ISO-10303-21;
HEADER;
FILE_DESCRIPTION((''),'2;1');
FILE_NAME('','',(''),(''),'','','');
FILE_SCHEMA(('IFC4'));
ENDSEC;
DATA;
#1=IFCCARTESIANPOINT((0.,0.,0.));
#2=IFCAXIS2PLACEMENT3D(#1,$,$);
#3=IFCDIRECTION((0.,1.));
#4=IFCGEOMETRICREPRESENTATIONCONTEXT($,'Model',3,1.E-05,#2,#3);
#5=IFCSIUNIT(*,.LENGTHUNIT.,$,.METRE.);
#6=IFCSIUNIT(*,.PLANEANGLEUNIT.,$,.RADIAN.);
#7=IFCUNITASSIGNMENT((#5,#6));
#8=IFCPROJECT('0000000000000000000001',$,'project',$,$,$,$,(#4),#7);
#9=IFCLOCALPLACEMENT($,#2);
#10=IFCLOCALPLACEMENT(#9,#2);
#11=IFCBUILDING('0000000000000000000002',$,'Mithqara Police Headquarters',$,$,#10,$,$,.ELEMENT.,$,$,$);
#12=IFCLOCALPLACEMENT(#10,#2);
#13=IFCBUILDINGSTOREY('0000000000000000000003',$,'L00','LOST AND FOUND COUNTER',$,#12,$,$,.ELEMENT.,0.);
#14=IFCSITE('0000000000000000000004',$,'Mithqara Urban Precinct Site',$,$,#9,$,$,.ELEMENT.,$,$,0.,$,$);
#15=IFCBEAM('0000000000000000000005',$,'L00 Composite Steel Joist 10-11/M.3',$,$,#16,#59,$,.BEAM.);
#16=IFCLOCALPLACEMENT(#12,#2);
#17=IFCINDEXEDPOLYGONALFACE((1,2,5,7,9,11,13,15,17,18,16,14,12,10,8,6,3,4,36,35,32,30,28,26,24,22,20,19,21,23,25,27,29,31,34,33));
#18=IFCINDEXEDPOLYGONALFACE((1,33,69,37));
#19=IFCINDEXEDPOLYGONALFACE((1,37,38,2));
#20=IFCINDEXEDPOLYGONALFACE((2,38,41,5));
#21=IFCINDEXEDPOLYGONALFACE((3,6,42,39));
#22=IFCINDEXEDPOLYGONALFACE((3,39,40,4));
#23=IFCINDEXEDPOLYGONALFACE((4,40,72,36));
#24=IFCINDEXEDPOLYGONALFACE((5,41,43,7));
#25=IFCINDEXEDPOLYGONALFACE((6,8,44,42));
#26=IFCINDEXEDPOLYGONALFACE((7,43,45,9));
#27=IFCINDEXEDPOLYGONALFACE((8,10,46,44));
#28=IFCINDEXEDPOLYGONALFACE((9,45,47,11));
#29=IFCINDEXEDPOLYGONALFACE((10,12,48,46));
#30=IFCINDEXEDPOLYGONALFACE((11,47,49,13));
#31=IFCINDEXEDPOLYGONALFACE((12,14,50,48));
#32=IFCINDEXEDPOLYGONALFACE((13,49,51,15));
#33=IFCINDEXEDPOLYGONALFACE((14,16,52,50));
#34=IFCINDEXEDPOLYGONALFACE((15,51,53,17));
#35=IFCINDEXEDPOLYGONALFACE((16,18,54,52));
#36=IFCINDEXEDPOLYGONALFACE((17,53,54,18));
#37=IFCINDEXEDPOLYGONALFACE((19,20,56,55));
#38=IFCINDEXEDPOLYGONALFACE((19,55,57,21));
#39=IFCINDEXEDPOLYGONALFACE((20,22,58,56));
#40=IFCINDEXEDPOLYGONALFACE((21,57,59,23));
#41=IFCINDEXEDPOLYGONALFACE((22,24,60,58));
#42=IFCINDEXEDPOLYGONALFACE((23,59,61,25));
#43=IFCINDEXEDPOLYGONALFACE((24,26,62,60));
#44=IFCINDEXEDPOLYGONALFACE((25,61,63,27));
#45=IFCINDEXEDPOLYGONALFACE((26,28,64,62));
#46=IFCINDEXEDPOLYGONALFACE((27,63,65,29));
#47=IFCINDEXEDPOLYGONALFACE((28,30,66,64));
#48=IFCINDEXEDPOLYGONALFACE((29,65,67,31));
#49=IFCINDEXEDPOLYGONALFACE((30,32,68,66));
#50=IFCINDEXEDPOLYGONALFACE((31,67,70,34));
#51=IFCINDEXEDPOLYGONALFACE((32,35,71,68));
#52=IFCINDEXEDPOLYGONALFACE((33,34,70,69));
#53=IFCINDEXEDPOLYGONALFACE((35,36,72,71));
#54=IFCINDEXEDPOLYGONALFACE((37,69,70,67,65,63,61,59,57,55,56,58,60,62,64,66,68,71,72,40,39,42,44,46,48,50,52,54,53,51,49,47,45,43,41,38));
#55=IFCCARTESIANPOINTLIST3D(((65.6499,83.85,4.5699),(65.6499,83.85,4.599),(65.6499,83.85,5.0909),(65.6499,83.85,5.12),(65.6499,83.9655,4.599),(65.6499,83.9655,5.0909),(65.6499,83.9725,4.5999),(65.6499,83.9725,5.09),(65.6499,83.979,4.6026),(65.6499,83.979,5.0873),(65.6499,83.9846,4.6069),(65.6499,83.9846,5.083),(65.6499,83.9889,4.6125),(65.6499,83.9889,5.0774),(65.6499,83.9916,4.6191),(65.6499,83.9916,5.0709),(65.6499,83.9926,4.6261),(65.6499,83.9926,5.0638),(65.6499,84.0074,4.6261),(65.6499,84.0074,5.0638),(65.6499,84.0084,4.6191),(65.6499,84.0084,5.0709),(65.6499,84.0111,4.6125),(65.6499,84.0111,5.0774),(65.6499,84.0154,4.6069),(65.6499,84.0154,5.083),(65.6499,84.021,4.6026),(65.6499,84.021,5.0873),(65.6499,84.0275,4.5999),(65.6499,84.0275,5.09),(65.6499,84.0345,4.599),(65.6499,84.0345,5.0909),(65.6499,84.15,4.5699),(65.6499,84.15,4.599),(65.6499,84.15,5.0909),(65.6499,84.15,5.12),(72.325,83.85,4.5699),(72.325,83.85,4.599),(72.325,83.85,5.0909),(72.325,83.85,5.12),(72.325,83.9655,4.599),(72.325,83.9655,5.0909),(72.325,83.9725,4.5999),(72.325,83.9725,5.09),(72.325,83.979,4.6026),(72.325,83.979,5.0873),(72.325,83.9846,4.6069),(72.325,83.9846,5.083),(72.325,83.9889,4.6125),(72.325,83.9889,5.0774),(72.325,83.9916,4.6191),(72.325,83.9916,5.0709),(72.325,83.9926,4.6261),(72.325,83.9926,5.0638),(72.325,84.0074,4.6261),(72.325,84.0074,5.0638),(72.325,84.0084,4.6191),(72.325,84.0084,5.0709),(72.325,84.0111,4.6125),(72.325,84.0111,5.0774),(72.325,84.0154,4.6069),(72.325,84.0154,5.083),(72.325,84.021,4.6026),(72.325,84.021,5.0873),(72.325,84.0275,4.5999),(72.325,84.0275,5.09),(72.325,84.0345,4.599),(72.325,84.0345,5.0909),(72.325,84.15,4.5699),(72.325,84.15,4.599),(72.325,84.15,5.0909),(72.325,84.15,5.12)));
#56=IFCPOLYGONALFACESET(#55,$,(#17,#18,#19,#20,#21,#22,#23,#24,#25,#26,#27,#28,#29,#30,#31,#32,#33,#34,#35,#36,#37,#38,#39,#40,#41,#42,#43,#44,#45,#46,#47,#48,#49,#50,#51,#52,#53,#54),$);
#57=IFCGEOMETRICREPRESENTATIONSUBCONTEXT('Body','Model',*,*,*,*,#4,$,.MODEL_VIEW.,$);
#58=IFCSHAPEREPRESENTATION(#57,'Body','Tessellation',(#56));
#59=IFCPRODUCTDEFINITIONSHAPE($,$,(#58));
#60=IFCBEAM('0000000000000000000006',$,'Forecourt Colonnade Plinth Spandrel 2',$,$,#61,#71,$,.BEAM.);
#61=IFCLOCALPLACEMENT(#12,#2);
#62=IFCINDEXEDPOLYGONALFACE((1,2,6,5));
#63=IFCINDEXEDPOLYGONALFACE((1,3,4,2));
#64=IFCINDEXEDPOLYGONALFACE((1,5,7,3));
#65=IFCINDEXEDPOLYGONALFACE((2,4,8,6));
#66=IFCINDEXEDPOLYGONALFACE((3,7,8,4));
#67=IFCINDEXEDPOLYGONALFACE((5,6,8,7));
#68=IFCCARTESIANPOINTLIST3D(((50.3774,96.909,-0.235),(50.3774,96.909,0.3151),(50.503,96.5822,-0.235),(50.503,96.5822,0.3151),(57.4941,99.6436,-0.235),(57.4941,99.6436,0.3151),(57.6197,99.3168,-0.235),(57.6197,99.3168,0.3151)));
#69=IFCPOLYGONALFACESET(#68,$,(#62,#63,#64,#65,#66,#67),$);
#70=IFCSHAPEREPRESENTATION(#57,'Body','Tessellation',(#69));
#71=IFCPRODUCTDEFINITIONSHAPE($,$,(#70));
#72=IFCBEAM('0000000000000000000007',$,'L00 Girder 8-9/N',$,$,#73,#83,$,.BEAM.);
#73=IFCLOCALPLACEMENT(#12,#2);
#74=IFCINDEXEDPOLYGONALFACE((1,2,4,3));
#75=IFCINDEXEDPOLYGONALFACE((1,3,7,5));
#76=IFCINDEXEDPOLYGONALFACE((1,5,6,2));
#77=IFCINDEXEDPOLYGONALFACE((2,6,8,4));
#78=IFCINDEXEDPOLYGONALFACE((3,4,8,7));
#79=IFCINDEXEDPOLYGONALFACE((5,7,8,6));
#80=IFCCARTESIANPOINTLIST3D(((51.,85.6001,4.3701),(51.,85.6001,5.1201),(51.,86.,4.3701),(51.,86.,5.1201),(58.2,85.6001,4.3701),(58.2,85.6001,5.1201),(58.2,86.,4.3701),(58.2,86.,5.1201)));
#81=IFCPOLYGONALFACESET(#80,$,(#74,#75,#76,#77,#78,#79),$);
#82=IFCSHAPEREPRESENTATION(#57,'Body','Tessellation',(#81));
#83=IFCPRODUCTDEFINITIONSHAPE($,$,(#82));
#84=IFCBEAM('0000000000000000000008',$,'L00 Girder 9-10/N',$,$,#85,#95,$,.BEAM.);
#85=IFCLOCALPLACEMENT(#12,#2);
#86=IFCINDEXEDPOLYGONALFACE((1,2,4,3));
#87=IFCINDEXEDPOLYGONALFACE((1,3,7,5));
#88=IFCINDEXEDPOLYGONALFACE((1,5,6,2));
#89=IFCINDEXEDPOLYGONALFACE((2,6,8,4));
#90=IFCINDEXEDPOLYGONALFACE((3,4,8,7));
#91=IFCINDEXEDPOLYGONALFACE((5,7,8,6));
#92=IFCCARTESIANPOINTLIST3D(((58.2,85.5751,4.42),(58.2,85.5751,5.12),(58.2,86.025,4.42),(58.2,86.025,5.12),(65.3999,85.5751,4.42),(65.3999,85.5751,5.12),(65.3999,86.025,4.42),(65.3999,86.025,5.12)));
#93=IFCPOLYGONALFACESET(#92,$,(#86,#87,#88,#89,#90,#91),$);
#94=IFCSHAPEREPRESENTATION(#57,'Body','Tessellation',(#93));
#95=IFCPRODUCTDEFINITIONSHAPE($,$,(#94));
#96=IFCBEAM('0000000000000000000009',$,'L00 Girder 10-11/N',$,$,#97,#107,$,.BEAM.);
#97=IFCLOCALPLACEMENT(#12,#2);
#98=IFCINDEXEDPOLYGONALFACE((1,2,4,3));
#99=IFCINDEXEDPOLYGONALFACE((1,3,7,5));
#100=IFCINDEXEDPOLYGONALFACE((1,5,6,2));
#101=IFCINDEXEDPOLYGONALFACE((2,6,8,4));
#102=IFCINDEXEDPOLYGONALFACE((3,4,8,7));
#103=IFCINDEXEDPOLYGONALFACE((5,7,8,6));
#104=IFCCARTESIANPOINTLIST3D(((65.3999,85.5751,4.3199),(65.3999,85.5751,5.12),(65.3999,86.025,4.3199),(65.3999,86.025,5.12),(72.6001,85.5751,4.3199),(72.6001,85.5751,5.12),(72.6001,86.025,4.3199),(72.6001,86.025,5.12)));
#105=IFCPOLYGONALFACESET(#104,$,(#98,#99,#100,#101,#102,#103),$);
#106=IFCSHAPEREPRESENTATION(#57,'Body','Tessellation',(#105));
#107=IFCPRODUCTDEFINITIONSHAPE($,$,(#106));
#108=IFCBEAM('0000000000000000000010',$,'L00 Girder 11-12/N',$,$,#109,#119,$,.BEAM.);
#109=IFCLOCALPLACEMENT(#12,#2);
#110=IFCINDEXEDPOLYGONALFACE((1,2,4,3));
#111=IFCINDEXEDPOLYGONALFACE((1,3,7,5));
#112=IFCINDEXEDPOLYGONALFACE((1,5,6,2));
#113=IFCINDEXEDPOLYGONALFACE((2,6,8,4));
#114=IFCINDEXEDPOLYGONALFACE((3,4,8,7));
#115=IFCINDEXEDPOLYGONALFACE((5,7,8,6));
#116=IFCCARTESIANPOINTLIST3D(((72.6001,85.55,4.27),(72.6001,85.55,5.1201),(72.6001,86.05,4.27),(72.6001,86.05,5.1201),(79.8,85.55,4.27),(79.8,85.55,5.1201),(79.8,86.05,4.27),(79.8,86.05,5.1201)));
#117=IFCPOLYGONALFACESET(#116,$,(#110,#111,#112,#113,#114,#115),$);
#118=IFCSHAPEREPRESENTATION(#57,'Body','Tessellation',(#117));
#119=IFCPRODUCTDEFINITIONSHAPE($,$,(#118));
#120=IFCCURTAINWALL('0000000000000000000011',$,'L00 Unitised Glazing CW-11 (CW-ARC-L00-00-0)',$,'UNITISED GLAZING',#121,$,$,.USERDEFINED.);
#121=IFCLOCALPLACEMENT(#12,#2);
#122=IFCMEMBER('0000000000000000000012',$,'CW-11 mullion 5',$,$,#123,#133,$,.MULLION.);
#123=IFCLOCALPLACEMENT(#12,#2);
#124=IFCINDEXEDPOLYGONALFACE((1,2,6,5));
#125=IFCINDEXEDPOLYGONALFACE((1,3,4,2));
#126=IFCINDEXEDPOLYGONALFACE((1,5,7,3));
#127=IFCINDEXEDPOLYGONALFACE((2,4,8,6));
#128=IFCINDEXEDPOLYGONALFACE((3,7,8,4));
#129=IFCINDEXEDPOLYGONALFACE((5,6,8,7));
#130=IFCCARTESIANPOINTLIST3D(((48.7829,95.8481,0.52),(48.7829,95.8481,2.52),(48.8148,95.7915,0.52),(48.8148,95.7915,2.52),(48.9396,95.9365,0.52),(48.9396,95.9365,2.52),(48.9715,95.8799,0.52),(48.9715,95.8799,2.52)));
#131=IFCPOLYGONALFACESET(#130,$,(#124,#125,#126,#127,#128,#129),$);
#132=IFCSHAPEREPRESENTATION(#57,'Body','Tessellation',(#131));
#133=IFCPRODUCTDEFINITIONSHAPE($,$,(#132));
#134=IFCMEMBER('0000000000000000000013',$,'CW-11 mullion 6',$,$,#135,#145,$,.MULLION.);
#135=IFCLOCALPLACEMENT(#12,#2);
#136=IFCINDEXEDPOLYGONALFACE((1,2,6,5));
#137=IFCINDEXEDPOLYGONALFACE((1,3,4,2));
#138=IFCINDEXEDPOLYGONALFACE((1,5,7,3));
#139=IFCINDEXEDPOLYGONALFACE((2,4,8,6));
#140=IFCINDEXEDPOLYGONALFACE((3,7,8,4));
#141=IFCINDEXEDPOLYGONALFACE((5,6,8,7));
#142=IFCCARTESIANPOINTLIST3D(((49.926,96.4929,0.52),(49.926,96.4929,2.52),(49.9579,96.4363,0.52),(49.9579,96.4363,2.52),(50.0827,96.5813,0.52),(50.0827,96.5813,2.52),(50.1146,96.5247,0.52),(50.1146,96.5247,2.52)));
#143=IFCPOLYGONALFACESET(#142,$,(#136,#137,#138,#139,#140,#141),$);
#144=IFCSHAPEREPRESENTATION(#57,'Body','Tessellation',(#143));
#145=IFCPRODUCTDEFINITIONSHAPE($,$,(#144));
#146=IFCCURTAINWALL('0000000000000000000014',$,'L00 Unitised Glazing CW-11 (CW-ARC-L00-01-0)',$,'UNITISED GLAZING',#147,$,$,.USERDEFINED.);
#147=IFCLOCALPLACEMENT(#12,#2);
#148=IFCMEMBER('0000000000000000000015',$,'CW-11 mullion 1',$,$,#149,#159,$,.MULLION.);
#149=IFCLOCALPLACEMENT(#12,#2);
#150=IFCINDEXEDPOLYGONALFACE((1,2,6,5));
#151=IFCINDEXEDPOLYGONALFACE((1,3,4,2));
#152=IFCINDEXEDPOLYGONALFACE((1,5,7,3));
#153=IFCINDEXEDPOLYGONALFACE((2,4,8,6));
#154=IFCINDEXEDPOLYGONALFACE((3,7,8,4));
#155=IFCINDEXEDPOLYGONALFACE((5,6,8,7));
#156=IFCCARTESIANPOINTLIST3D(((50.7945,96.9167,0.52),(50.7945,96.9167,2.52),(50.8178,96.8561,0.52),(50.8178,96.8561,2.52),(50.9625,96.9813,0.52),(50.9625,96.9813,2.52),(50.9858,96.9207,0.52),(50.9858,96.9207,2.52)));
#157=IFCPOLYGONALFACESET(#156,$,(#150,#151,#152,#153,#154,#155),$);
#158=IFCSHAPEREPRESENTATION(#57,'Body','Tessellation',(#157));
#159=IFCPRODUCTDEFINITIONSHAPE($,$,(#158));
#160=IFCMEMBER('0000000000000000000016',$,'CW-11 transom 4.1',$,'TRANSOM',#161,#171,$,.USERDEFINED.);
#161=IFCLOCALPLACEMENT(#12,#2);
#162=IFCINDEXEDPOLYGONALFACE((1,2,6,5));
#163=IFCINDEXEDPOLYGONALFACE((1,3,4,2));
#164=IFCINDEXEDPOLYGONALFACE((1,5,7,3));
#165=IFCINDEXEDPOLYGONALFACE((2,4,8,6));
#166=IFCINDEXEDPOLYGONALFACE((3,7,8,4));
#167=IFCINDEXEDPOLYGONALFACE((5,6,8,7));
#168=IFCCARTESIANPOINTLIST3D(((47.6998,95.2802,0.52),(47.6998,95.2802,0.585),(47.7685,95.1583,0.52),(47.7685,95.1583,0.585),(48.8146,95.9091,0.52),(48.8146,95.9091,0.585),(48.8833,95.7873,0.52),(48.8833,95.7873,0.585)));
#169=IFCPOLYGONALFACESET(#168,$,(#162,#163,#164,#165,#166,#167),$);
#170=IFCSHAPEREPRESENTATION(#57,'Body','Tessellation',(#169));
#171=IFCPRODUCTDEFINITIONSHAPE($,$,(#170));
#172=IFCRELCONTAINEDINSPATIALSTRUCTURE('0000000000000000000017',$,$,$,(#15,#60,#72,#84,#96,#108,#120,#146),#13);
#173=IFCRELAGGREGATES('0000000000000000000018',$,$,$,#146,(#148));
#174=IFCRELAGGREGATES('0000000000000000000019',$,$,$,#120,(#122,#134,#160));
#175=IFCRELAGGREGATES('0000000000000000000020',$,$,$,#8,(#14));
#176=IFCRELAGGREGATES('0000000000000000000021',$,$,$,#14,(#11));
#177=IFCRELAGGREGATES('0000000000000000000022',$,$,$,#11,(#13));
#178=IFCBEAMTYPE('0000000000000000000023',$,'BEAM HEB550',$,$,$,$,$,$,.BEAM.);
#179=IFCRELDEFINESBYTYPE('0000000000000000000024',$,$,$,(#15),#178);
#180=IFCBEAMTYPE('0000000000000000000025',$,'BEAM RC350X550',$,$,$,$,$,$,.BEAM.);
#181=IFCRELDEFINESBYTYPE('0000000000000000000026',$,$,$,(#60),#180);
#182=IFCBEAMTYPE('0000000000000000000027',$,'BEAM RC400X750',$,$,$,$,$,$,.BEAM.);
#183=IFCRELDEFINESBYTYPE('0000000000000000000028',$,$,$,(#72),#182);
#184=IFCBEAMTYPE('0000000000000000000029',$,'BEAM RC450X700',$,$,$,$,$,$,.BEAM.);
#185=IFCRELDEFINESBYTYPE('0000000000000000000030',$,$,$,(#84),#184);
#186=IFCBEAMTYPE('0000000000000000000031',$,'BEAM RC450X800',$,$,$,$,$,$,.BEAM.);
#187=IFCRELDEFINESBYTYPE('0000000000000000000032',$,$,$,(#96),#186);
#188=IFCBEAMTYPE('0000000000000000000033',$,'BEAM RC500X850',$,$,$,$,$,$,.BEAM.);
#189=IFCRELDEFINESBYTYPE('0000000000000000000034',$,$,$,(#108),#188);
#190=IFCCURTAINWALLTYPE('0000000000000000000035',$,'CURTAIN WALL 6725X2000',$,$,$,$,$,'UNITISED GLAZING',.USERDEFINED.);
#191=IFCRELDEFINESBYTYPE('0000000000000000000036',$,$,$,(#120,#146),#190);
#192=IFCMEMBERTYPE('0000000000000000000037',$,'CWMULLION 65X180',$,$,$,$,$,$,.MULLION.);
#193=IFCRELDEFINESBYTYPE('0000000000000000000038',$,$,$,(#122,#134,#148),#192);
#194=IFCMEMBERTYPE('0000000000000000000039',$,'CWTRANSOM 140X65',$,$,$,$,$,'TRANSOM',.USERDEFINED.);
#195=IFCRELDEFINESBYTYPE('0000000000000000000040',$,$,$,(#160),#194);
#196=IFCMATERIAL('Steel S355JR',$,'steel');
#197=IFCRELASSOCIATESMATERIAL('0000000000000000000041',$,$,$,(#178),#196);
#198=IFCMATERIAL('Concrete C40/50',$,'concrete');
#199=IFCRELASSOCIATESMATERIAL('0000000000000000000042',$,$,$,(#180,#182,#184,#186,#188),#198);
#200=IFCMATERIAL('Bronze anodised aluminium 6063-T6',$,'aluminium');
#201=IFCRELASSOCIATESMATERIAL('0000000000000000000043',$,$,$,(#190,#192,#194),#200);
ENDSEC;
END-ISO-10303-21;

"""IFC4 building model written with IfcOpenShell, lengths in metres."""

from ifc_helpers import new_model, si_unit, direction, frame, origin, origin_2d, place, context, subcontext, project, spatial, rectangle, i_section, extrude, material, material_profile, profile_set, type_object, element, aggregate, save


model = new_model("IFC4")

# Units and contexts
model_context = context("Model", 3, precision=1e-05, world=origin(), true_north=direction((0.0, 1.0)))
body_context = subcontext(model_context, "Body", "Model", "MODEL_VIEW")
ifc_project = project(units=[si_unit("LENGTHUNIT", "METRE"), si_unit("PLANEANGLEUNIT", "RADIAN")], contexts=[model_context])

# Site, building, storey
site_placement = place(None, origin())
site = spatial("IfcSite", under=ifc_project, at=site_placement, Name="Mithqara Urban Precinct Site", CompositionType="ELEMENT", RefElevation=0.0)
building_placement = place(site_placement, origin())
building = spatial("IfcBuilding", under=site, at=building_placement, Name="Mithqara Police Headquarters", CompositionType="ELEMENT")
storey_placement = place(building_placement, origin())
storey = spatial("IfcBuildingStorey", under=building, at=storey_placement, Name="L00", Description="LOST AND FOUND COUNTER", CompositionType="ELEMENT", Elevation=0.0)

# Shared definitions
ifc_material_1 = material(Name="Concrete C40/50", Category="concrete")

# Beams
ifc_material_2 = material(Name="Steel S355JR", Category="steel")
ifc_material_profile_1 = material_profile(ifc_material_2, i_section(OverallWidth=0.3, OverallDepth=0.55, WebThickness=0.0149, FlangeThickness=0.0291, FilletRadius=0.0271, at=origin_2d()), Name="HEB 550")
ifc_profile_set_1 = profile_set([ifc_material_profile_1], Name="Steel S355JR")
beam_type_1 = type_object("IfcBeamType", Name="BEAM HEB550", PredefinedType="BEAM", material=ifc_profile_set_1)
beam_1_placement = place(storey_placement, frame((65.6499, 84.0, 4.845), z_axis=(1.0, 0.0, 0.0), x_axis=(0.0, 1.0, 0.0)))
element("IfcBeam", 1, at=beam_1_placement, inside=storey, type_object=beam_type_1, Name="L00 Composite Steel Joist 10-11/M.3", PredefinedType="BEAM", context=body_context, shape_type="SweptSolid", body=[
    extrude(i_section(OverallWidth=0.3, OverallDepth=0.55, WebThickness=0.0149, FlangeThickness=0.0291, FilletRadius=0.0271, at=origin_2d()), origin(), (0.0, 0.0, 1.0), 6.675),
])
ifc_material_profile_2 = material_profile(ifc_material_1, rectangle(XDim=0.3501, YDim=0.55, at=origin_2d()), Name="RC 350x550")
ifc_profile_set_2 = profile_set([ifc_material_profile_2], Name="Concrete C40/50")
beam_type_2 = type_object("IfcBeamType", Name="BEAM RC350X550", PredefinedType="BEAM", material=ifc_profile_set_2)
beam_2_placement = place(storey_placement, frame((50.4402, 96.7456, 0.04), z_axis=(0.933459, 0.358685, 0.0), x_axis=(-0.358685, 0.933459, 0.0)))
element("IfcBeam", 2, at=beam_2_placement, inside=storey, type_object=beam_type_2, Name="Forecourt Colonnade Plinth Spandrel 2", PredefinedType="BEAM", context=body_context, shape_type="SweptSolid", body=[
    extrude(rectangle(XDim=0.3501, YDim=0.55, at=origin_2d()), origin(), (0.0, 0.0, 1.0), 7.624),
])
ifc_material_profile_3 = material_profile(ifc_material_1, rectangle(XDim=0.3999, YDim=0.75, at=origin_2d()), Name="RC 400x750")
ifc_profile_set_3 = profile_set([ifc_material_profile_3], Name="Concrete C40/50")
beam_type_3 = type_object("IfcBeamType", Name="BEAM RC400X750", PredefinedType="BEAM", material=ifc_profile_set_3)
beam_3_placement = place(storey_placement, frame((51.0, 85.8, 4.7451), z_axis=(1.0, 0.0, 0.0), x_axis=(0.0, 1.0, 0.0)))
element("IfcBeam", 3, at=beam_3_placement, inside=storey, type_object=beam_type_3, Name="L00 Girder 8-9/N", PredefinedType="BEAM", context=body_context, shape_type="SweptSolid", body=[
    extrude(rectangle(XDim=0.3999, YDim=0.75, at=origin_2d()), origin(), (0.0, 0.0, 1.0), 7.2),
])
ifc_material_profile_4 = material_profile(ifc_material_1, rectangle(XDim=0.45, YDim=0.7, at=origin_2d()), Name="RC 450x700")
ifc_profile_set_4 = profile_set([ifc_material_profile_4], Name="Concrete C40/50")
beam_type_4 = type_object("IfcBeamType", Name="BEAM RC450X700", PredefinedType="BEAM", material=ifc_profile_set_4)
beam_4_placement = place(storey_placement, frame((58.2, 85.8, 4.77), z_axis=(1.0, 0.0, 0.0), x_axis=(0.0, 1.0, 0.0)))
element("IfcBeam", 4, at=beam_4_placement, inside=storey, type_object=beam_type_4, Name="L00 Girder 9-10/N", PredefinedType="BEAM", context=body_context, shape_type="SweptSolid", body=[
    extrude(rectangle(XDim=0.45, YDim=0.7, at=origin_2d()), origin(), (0.0, 0.0, 1.0), 7.2),
])
ifc_material_profile_5 = material_profile(ifc_material_1, rectangle(XDim=0.45, YDim=0.8, at=origin_2d()), Name="RC 450x800")
ifc_profile_set_5 = profile_set([ifc_material_profile_5], Name="Concrete C40/50")
beam_type_5 = type_object("IfcBeamType", Name="BEAM RC450X800", PredefinedType="BEAM", material=ifc_profile_set_5)
beam_5_placement = place(storey_placement, frame((65.3999, 85.8, 4.72), z_axis=(1.0, 0.0, 0.0), x_axis=(0.0, 1.0, 0.0)))
element("IfcBeam", 5, at=beam_5_placement, inside=storey, type_object=beam_type_5, Name="L00 Girder 10-11/N", PredefinedType="BEAM", context=body_context, shape_type="SweptSolid", body=[
    extrude(rectangle(XDim=0.45, YDim=0.8, at=origin_2d()), origin(), (0.0, 0.0, 1.0), 7.2002),
])
ifc_material_profile_6 = material_profile(ifc_material_1, rectangle(XDim=0.5, YDim=0.8501, at=origin_2d()), Name="RC 500x850")
ifc_profile_set_6 = profile_set([ifc_material_profile_6], Name="Concrete C40/50")
beam_type_6 = type_object("IfcBeamType", Name="BEAM RC500X850", PredefinedType="BEAM", material=ifc_profile_set_6)
beam_6_placement = place(storey_placement, frame((72.6001, 85.8, 4.6951), z_axis=(1.0, 0.0, 0.0), x_axis=(0.0, 1.0, 0.0)))
element("IfcBeam", 6, at=beam_6_placement, inside=storey, type_object=beam_type_6, Name="L00 Girder 11-12/N", PredefinedType="BEAM", context=body_context, shape_type="SweptSolid", body=[
    extrude(rectangle(XDim=0.5, YDim=0.8501, at=origin_2d()), origin(), (0.0, 0.0, 1.0), 7.2),
])

# Curtain wall, members
ifc_material_3 = material(Name="Bronze anodised aluminium 6063-T6", Category="aluminium")
curtain_wall_type = type_object("IfcCurtainWallType", Name="CURTAIN WALL 6725X2000", ElementType="UNITISED GLAZING", PredefinedType="USERDEFINED", material=ifc_material_3)
curtain_wall_1_placement = place(storey_placement, origin())
curtain_wall_1 = element("IfcCurtainWall", 7, at=curtain_wall_1_placement, inside=storey, type_object=curtain_wall_type, Name="L00 Unitised Glazing CW-11 (CW-ARC-L00-00-0)", ObjectType="UNITISED GLAZING", PredefinedType="USERDEFINED")
ifc_material_profile_7 = material_profile(ifc_material_3, rectangle(XDim=0.0649, YDim=0.1799, at=origin_2d()), Name="CWM 65x180")
ifc_profile_set_7 = profile_set([ifc_material_profile_7], Name="Bronze anodised aluminium 6063-T6")
member_type_1 = type_object("IfcMemberType", Name="CWMULLION 65X180", PredefinedType="MULLION", material=ifc_profile_set_7)
member_1_placement = place(storey_placement, frame((48.8772, 95.864, 0.52), z_axis=(0.0, 0.0, 1.0), x_axis=(-0.491316, 0.870982, 0.0)))
member_1 = element("IfcMember", 8, at=member_1_placement, type_object=member_type_1, Name="CW-11 mullion 5", PredefinedType="MULLION", context=body_context, shape_type="SweptSolid", body=[
    extrude(rectangle(XDim=0.0649, YDim=0.1799, at=origin_2d()), origin(), (0.0, 0.0, 1.0), 2.0),
])
member_2_placement = place(storey_placement, frame((50.0203, 96.5088, 0.52), z_axis=(0.0, 0.0, 1.0), x_axis=(-0.491316, 0.870982, 0.0)))
member_2 = element("IfcMember", 9, at=member_2_placement, type_object=member_type_1, Name="CW-11 mullion 6", PredefinedType="MULLION", context=body_context, shape_type="SweptSolid", body=[
    extrude(rectangle(XDim=0.0649, YDim=0.1799, at=origin_2d()), origin(), (0.0, 0.0, 1.0), 2.0),
])

# Curtain wall, member
curtain_wall_2_placement = place(storey_placement, origin())
curtain_wall_2 = element("IfcCurtainWall", 10, at=curtain_wall_2_placement, inside=storey, type_object=curtain_wall_type, Name="L00 Unitised Glazing CW-11 (CW-ARC-L00-01-0)", ObjectType="UNITISED GLAZING", PredefinedType="USERDEFINED")
member_3_placement = place(storey_placement, frame((50.8901, 96.9187, 0.52), z_axis=(0.0, 0.0, 1.0), x_axis=(-0.35868, 0.933461, 0.0)))
member_3 = element("IfcMember", 11, at=member_3_placement, type_object=member_type_1, Name="CW-11 mullion 1", PredefinedType="MULLION", context=body_context, shape_type="SweptSolid", body=[
    extrude(rectangle(XDim=0.0649, YDim=0.1799, at=origin_2d()), origin(), (0.0, 0.0, 1.0), 2.0),
])
aggregate(curtain_wall_2, [member_3])

# Member
ifc_material_profile_8 = material_profile(ifc_material_3, rectangle(XDim=0.1399, YDim=0.0649, at=origin_2d()), Name="CWT 140x65")
ifc_profile_set_8 = profile_set([ifc_material_profile_8], Name="Bronze anodised aluminium 6063-T6")
member_type_2 = type_object("IfcMemberType", Name="CWTRANSOM 140X65", ElementType="TRANSOM", PredefinedType="USERDEFINED", material=ifc_profile_set_8)
member_4_placement = place(storey_placement, frame((47.7341, 95.2192, 0.5525), z_axis=(0.870953, 0.491366, 0.0), x_axis=(-0.491366, 0.870953, 0.0)))
member_4 = element("IfcMember", 12, at=member_4_placement, type_object=member_type_2, Name="CW-11 transom 4.1", ObjectType="TRANSOM", PredefinedType="USERDEFINED", context=body_context, shape_type="SweptSolid", body=[
    extrude(rectangle(XDim=0.1399, YDim=0.0649, at=origin_2d()), origin(), (0.0, 0.0, 1.0), 1.28),
])

aggregate(curtain_wall_1, [member_1, member_2, member_4])

save(model, "model.ifc")
